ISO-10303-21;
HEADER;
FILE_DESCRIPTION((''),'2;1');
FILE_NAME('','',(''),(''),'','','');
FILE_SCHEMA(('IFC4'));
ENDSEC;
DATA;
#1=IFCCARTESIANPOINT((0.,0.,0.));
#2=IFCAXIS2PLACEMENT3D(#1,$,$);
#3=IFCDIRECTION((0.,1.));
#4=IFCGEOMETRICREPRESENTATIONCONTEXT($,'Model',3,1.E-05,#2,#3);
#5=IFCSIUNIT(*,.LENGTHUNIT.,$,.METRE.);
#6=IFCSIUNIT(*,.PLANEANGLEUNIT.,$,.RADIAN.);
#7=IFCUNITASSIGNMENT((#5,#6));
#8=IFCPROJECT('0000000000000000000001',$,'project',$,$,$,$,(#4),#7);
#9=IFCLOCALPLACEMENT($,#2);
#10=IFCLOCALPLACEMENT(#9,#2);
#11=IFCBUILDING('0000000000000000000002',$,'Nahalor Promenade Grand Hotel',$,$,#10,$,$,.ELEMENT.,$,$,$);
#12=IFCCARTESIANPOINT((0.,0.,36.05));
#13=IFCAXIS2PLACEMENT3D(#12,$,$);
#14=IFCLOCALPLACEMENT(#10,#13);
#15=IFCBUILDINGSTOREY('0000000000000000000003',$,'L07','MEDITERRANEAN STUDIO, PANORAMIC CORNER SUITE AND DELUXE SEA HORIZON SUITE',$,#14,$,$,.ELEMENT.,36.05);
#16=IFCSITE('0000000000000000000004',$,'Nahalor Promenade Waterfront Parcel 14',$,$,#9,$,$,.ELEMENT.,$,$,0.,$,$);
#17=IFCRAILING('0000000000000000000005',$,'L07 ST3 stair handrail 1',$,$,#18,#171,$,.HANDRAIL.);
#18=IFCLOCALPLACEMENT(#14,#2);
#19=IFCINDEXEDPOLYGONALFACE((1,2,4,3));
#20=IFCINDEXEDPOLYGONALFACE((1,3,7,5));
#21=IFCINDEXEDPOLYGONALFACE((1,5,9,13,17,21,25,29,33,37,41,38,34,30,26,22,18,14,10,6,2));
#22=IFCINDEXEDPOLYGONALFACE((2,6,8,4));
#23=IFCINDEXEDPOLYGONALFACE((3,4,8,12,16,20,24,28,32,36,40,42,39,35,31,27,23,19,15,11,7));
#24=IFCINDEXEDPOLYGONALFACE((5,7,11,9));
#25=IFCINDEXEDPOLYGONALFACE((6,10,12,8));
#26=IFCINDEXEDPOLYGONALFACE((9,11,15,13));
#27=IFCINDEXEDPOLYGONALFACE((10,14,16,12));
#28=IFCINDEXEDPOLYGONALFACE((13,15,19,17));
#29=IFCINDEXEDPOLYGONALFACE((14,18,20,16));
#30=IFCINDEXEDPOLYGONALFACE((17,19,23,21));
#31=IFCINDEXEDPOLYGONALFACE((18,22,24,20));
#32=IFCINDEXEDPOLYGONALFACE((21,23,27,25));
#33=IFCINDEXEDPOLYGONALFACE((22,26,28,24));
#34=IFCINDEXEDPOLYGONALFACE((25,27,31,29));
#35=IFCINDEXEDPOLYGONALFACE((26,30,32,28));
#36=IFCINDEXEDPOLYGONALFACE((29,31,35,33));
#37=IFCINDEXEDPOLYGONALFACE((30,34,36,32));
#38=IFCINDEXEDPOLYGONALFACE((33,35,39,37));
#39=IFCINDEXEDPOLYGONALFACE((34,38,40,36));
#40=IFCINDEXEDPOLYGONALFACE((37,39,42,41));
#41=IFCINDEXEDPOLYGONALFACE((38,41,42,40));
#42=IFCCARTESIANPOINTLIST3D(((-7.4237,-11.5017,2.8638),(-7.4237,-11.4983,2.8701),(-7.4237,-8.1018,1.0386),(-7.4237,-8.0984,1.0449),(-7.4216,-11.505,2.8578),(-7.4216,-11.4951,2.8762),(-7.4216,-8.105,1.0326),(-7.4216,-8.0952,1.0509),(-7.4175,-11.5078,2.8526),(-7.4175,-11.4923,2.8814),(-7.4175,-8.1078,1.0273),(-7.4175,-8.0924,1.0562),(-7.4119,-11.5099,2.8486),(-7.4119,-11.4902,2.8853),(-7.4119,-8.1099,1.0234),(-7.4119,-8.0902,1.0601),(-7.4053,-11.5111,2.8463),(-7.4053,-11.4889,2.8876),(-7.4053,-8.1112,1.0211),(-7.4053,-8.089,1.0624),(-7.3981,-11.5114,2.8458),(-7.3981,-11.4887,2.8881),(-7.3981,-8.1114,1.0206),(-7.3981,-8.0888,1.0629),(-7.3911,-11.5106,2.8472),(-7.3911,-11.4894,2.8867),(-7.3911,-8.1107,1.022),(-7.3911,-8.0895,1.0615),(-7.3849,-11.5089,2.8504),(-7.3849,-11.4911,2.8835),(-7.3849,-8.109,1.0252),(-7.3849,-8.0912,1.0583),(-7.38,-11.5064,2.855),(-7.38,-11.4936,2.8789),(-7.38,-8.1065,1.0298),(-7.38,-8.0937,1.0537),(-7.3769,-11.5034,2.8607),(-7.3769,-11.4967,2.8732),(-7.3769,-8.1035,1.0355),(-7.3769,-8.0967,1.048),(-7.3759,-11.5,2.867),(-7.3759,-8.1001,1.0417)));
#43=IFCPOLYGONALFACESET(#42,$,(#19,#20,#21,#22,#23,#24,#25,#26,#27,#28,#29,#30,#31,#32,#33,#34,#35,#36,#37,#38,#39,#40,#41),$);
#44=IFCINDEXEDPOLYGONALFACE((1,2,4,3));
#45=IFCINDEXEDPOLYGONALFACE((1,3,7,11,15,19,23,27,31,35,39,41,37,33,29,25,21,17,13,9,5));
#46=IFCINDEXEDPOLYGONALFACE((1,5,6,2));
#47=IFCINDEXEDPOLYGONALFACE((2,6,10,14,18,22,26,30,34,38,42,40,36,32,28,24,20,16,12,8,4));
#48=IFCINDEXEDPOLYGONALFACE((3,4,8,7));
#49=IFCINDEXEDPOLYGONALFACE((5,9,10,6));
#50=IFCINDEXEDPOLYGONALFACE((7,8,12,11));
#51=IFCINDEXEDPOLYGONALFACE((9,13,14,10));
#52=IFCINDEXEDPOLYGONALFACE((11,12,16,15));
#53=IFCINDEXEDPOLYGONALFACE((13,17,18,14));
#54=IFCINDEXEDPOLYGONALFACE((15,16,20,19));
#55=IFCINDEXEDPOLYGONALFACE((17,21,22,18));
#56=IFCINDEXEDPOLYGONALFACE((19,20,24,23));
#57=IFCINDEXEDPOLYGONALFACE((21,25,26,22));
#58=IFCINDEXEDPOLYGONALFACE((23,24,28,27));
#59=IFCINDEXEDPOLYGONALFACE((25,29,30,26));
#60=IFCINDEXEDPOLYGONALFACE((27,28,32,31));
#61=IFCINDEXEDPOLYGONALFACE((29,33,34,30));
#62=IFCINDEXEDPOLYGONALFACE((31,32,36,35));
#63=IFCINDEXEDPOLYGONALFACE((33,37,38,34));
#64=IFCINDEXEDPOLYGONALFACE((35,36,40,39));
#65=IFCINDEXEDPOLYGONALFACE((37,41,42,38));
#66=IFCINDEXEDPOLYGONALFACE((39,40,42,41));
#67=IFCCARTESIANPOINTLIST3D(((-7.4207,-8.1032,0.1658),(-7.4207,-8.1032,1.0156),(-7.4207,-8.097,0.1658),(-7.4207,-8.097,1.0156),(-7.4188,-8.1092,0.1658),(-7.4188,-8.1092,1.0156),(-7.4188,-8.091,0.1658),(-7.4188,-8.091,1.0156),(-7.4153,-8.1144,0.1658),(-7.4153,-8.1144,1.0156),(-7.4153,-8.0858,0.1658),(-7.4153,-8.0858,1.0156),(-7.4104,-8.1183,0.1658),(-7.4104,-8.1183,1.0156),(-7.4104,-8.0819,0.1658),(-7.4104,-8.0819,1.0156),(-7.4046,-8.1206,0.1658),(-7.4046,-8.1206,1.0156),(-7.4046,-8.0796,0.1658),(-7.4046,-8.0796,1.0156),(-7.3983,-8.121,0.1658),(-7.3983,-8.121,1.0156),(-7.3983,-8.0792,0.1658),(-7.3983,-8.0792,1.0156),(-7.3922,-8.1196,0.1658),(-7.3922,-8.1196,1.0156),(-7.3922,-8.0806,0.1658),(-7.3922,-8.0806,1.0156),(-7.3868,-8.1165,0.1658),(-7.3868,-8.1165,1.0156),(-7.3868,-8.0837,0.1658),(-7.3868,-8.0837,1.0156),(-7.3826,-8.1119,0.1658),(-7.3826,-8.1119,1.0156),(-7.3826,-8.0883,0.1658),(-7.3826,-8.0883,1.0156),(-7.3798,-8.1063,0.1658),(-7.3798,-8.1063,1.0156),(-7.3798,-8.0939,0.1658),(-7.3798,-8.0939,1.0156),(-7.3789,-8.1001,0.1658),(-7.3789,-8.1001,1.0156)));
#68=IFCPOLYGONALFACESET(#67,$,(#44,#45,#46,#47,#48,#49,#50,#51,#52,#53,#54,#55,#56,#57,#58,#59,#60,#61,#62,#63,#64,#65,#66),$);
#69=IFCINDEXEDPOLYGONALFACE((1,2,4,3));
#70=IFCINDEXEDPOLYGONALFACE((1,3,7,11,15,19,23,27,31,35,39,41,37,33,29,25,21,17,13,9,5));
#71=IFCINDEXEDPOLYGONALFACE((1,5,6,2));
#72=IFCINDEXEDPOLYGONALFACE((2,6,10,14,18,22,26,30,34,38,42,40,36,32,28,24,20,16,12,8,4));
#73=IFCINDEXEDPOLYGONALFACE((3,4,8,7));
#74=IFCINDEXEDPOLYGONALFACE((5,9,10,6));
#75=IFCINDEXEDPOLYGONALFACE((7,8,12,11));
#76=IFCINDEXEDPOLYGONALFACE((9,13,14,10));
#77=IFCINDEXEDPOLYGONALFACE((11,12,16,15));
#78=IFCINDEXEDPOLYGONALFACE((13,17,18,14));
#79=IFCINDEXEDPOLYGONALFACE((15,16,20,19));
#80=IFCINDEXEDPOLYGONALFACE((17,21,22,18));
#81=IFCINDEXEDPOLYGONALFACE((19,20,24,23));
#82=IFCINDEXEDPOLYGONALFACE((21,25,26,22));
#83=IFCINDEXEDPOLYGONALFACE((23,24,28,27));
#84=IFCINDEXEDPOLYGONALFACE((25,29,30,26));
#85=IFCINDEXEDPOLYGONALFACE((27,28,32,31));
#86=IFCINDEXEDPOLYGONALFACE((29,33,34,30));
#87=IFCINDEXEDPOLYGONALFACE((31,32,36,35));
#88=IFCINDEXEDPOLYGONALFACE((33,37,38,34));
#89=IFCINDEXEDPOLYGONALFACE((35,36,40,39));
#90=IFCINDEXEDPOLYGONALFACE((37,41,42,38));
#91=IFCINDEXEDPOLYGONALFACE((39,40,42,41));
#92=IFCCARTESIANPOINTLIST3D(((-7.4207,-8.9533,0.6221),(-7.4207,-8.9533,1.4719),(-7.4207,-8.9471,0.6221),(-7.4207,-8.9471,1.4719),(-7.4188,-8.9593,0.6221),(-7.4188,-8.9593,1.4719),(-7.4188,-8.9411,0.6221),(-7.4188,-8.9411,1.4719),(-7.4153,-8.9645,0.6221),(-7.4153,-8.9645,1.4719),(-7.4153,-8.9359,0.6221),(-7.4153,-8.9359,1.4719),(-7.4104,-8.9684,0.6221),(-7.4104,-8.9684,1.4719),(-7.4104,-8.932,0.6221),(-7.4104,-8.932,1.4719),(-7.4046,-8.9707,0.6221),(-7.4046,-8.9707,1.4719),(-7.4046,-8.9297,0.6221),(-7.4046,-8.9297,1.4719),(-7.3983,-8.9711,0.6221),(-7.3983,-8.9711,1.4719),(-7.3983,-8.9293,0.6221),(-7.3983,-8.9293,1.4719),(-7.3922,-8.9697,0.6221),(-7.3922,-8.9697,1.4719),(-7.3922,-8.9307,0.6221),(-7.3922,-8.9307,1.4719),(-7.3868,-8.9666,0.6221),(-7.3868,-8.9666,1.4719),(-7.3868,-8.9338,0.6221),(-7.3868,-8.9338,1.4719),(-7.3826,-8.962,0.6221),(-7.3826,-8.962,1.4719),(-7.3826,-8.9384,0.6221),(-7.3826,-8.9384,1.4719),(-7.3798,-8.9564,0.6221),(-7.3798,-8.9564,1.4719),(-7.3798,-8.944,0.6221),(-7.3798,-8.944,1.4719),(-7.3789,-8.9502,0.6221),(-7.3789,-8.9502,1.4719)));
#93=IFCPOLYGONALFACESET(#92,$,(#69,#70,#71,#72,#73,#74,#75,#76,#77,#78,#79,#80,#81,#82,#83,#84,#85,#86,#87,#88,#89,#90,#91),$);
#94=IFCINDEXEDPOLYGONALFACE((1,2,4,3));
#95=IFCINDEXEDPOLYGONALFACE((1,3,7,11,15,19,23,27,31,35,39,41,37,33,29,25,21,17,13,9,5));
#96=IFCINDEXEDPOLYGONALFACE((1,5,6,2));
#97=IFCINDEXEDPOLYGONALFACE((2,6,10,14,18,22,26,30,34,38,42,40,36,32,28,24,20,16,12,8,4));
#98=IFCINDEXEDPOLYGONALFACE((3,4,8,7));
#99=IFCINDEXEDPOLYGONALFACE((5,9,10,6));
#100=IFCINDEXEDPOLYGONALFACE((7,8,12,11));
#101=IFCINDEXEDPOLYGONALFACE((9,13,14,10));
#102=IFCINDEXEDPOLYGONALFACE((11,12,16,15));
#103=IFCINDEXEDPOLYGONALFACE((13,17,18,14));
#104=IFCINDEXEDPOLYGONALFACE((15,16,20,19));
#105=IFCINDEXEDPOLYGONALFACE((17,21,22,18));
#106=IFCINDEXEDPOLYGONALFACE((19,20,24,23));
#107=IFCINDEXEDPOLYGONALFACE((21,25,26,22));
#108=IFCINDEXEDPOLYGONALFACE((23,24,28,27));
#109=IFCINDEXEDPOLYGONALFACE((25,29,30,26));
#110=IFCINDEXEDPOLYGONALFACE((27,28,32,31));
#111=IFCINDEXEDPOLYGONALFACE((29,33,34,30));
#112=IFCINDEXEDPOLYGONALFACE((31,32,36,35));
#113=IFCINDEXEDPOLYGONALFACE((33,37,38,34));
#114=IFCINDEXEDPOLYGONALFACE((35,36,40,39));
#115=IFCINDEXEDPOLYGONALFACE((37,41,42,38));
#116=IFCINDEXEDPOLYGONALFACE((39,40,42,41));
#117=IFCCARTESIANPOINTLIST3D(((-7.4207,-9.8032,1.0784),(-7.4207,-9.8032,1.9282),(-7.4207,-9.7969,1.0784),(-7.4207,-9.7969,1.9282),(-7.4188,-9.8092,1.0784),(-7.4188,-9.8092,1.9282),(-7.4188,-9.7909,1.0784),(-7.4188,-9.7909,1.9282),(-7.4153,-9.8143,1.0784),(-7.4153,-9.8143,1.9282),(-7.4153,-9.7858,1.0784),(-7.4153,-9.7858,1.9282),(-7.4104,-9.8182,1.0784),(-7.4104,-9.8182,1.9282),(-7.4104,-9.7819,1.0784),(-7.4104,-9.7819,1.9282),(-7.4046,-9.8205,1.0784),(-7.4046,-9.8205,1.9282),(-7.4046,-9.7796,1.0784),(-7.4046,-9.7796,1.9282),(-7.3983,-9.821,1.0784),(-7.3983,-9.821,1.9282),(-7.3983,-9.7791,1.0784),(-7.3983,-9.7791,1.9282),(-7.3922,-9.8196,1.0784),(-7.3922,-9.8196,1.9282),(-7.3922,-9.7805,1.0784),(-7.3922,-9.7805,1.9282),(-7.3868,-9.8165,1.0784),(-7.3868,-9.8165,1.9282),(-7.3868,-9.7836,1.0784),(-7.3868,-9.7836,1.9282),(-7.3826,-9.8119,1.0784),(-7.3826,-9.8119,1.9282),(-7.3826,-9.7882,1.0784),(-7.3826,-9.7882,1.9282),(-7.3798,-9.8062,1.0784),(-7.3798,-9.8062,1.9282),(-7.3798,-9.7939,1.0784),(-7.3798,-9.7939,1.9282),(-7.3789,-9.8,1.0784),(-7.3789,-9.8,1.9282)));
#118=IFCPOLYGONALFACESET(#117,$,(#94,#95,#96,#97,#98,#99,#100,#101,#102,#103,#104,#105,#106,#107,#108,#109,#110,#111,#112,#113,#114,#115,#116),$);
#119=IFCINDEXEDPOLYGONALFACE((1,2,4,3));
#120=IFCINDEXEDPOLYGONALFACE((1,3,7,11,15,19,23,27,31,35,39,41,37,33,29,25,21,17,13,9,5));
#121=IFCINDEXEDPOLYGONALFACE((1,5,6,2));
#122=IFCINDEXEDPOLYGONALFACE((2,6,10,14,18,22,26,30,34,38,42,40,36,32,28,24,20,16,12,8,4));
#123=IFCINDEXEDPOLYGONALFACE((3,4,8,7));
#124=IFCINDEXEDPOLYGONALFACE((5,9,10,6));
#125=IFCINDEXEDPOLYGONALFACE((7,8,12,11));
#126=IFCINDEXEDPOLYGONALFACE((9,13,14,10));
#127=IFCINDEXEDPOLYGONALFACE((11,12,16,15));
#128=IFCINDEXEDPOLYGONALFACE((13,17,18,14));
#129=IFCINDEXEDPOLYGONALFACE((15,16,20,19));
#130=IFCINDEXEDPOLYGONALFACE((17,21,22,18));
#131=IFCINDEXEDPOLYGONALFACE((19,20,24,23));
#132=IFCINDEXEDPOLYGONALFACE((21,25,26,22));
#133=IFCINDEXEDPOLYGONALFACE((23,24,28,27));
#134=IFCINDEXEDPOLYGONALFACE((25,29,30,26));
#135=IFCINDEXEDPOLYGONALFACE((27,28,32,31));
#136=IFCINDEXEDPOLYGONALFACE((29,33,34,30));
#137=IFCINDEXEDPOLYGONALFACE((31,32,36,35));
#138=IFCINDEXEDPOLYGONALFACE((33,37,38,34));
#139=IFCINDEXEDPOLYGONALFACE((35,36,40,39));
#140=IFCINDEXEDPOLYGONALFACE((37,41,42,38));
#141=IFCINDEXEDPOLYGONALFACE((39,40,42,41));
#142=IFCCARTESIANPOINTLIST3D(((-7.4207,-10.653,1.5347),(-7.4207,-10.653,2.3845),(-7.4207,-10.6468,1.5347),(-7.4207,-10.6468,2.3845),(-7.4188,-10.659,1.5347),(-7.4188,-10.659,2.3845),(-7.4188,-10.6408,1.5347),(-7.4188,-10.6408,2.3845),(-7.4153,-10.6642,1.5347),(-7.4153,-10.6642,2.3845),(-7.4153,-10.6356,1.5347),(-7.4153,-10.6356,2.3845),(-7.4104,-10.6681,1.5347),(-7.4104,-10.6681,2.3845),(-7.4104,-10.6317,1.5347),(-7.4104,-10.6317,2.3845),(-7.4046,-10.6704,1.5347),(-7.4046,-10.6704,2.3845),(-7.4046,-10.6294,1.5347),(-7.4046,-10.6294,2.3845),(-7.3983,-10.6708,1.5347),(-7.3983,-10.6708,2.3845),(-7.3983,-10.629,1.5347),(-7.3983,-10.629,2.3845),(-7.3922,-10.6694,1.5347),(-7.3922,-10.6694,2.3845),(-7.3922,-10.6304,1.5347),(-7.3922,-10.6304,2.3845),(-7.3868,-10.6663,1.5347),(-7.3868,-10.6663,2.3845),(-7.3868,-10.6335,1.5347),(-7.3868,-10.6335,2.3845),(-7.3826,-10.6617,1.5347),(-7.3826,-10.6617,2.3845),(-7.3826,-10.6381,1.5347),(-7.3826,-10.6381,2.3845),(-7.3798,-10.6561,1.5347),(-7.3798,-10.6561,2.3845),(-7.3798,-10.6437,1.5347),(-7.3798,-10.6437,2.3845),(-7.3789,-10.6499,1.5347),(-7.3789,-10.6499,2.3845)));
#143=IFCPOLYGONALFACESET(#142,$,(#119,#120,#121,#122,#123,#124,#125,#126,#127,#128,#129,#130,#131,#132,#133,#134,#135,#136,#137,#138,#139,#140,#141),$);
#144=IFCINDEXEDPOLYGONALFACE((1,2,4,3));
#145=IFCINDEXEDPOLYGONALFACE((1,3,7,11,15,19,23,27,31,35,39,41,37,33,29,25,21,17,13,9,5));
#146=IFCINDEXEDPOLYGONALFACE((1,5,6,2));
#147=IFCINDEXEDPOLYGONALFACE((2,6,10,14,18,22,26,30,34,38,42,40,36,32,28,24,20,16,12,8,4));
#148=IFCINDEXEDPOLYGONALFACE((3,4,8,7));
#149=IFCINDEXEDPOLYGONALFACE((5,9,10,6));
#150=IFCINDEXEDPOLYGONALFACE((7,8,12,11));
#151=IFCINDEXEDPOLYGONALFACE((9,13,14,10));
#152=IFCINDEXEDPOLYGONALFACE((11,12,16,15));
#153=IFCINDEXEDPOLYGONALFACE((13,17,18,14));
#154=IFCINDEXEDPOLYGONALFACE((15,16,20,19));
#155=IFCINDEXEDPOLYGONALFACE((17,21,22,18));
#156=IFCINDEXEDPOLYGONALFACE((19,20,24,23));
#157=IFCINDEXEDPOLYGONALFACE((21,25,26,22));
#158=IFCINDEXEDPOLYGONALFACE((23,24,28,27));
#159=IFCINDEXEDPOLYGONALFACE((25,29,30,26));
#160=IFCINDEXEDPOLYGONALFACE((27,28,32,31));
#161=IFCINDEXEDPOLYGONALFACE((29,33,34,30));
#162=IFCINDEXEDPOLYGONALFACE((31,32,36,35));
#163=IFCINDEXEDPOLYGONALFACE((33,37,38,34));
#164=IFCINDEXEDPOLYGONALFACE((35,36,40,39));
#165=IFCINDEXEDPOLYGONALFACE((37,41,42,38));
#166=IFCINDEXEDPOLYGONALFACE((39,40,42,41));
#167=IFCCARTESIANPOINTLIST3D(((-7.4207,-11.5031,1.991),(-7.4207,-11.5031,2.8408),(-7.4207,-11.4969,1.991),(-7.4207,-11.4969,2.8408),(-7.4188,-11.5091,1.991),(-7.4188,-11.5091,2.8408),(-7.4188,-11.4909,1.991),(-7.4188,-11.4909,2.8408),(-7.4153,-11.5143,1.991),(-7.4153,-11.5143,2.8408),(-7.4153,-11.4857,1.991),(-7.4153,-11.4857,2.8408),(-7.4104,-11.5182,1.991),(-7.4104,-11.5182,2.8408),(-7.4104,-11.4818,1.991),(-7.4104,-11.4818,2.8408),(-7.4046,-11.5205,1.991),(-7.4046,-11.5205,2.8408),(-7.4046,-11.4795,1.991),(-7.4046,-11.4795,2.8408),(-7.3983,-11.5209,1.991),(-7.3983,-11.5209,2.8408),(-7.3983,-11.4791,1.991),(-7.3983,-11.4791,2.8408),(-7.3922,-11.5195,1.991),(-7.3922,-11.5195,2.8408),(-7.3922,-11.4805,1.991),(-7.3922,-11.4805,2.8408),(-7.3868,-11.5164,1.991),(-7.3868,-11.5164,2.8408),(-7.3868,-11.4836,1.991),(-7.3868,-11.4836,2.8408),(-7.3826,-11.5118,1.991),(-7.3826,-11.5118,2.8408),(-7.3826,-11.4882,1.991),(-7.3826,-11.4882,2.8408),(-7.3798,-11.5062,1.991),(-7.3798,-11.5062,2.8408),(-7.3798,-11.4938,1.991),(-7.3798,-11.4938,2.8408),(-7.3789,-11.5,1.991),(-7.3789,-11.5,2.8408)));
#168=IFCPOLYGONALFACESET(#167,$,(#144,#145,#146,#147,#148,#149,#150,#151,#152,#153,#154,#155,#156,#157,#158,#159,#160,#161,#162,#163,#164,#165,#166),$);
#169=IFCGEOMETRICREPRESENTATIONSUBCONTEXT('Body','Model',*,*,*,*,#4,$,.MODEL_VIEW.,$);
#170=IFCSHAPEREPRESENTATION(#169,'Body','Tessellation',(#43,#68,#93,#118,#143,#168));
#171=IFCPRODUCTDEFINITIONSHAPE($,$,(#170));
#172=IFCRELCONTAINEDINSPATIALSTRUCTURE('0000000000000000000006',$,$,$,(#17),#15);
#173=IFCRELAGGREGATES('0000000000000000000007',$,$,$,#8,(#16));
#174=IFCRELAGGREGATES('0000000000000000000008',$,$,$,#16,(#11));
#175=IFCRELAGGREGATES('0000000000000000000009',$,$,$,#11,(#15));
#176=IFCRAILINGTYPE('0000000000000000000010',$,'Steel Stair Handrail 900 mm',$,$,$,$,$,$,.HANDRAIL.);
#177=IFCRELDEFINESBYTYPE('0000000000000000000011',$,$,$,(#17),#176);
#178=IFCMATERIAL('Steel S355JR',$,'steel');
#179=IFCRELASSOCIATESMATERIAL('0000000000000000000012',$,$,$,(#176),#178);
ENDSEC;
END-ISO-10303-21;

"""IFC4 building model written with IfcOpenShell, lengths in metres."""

from ifc_helpers import new_model, si_unit, direction, frame, origin, origin_2d, place, context, subcontext, project, spatial, circle, extrude, material, type_object, element, save


model = new_model("IFC4")

# Units and contexts
model_context = context("Model", 3, precision=1e-05, world=origin(), true_north=direction((0.0, 1.0)))
body_context = subcontext(model_context, "Body", "Model", "MODEL_VIEW")
ifc_project = project(units=[si_unit("LENGTHUNIT", "METRE"), si_unit("PLANEANGLEUNIT", "RADIAN")], contexts=[model_context])

# Site, building, storey
site_placement = place(None, origin())
site = spatial("IfcSite", under=ifc_project, at=site_placement, Name="Nahalor Promenade Waterfront Parcel 14", CompositionType="ELEMENT", RefElevation=0.0)
building_placement = place(site_placement, origin())
building = spatial("IfcBuilding", under=site, at=building_placement, Name="Nahalor Promenade Grand Hotel", CompositionType="ELEMENT")
storey_placement = place(building_placement, frame((0.0, 0.0, 36.05)))
storey = spatial("IfcBuildingStorey", under=building, at=storey_placement, Name="L07", Description="MEDITERRANEAN STUDIO, PANORAMIC CORNER SUITE AND DELUXE SEA HORIZON SUITE", CompositionType="ELEMENT", Elevation=36.05)

# Shared definitions
ifc_material_1 = material(Name="Steel S355JR", Category="steel")

# Railing
railing_type_1 = type_object("IfcRailingType", Name="Steel Stair Handrail 900 mm", PredefinedType="HANDRAIL", material=ifc_material_1)
railing_1_placement = place(storey_placement, frame((-7.3999, -8.1001, 0.1658)))
element("IfcRailing", 1, at=railing_1_placement, inside=storey, type_object=railing_type_1, Name="L07 ST3 stair handrail 1", PredefinedType="HANDRAIL", context=body_context, shape_type="SweptSolid", body=[
    extrude(circle(Radius=0.024, at=origin_2d()), frame((0.0, 0.0, 0.876), z_axis=(0.0, -0.881068, 0.47299), x_axis=(1.0, 0.0, 0.0)), (0.0, 0.0, 1.0), 3.8589),
    extrude(circle(Radius=0.021, at=origin_2d()), origin(), (0.0, 0.0, 1.0), 0.8499),
    extrude(circle(Radius=0.021, at=origin_2d()), frame((0.0, -0.8501, 0.4563)), (0.0, 0.0, 1.0), 0.8499),
    extrude(circle(Radius=0.021, at=origin_2d()), frame((0.0, -1.7, 0.9126)), (0.0, 0.0, 1.0), 0.8499),
    extrude(circle(Radius=0.021, at=origin_2d()), frame((0.0, -2.5498, 1.3689)), (0.0, 0.0, 1.0), 0.8499),
    extrude(circle(Radius=0.021, at=origin_2d()), frame((0.0, -3.3999, 1.8252)), (0.0, 0.0, 1.0), 0.8499),
])

save(model, "model.ifc")
